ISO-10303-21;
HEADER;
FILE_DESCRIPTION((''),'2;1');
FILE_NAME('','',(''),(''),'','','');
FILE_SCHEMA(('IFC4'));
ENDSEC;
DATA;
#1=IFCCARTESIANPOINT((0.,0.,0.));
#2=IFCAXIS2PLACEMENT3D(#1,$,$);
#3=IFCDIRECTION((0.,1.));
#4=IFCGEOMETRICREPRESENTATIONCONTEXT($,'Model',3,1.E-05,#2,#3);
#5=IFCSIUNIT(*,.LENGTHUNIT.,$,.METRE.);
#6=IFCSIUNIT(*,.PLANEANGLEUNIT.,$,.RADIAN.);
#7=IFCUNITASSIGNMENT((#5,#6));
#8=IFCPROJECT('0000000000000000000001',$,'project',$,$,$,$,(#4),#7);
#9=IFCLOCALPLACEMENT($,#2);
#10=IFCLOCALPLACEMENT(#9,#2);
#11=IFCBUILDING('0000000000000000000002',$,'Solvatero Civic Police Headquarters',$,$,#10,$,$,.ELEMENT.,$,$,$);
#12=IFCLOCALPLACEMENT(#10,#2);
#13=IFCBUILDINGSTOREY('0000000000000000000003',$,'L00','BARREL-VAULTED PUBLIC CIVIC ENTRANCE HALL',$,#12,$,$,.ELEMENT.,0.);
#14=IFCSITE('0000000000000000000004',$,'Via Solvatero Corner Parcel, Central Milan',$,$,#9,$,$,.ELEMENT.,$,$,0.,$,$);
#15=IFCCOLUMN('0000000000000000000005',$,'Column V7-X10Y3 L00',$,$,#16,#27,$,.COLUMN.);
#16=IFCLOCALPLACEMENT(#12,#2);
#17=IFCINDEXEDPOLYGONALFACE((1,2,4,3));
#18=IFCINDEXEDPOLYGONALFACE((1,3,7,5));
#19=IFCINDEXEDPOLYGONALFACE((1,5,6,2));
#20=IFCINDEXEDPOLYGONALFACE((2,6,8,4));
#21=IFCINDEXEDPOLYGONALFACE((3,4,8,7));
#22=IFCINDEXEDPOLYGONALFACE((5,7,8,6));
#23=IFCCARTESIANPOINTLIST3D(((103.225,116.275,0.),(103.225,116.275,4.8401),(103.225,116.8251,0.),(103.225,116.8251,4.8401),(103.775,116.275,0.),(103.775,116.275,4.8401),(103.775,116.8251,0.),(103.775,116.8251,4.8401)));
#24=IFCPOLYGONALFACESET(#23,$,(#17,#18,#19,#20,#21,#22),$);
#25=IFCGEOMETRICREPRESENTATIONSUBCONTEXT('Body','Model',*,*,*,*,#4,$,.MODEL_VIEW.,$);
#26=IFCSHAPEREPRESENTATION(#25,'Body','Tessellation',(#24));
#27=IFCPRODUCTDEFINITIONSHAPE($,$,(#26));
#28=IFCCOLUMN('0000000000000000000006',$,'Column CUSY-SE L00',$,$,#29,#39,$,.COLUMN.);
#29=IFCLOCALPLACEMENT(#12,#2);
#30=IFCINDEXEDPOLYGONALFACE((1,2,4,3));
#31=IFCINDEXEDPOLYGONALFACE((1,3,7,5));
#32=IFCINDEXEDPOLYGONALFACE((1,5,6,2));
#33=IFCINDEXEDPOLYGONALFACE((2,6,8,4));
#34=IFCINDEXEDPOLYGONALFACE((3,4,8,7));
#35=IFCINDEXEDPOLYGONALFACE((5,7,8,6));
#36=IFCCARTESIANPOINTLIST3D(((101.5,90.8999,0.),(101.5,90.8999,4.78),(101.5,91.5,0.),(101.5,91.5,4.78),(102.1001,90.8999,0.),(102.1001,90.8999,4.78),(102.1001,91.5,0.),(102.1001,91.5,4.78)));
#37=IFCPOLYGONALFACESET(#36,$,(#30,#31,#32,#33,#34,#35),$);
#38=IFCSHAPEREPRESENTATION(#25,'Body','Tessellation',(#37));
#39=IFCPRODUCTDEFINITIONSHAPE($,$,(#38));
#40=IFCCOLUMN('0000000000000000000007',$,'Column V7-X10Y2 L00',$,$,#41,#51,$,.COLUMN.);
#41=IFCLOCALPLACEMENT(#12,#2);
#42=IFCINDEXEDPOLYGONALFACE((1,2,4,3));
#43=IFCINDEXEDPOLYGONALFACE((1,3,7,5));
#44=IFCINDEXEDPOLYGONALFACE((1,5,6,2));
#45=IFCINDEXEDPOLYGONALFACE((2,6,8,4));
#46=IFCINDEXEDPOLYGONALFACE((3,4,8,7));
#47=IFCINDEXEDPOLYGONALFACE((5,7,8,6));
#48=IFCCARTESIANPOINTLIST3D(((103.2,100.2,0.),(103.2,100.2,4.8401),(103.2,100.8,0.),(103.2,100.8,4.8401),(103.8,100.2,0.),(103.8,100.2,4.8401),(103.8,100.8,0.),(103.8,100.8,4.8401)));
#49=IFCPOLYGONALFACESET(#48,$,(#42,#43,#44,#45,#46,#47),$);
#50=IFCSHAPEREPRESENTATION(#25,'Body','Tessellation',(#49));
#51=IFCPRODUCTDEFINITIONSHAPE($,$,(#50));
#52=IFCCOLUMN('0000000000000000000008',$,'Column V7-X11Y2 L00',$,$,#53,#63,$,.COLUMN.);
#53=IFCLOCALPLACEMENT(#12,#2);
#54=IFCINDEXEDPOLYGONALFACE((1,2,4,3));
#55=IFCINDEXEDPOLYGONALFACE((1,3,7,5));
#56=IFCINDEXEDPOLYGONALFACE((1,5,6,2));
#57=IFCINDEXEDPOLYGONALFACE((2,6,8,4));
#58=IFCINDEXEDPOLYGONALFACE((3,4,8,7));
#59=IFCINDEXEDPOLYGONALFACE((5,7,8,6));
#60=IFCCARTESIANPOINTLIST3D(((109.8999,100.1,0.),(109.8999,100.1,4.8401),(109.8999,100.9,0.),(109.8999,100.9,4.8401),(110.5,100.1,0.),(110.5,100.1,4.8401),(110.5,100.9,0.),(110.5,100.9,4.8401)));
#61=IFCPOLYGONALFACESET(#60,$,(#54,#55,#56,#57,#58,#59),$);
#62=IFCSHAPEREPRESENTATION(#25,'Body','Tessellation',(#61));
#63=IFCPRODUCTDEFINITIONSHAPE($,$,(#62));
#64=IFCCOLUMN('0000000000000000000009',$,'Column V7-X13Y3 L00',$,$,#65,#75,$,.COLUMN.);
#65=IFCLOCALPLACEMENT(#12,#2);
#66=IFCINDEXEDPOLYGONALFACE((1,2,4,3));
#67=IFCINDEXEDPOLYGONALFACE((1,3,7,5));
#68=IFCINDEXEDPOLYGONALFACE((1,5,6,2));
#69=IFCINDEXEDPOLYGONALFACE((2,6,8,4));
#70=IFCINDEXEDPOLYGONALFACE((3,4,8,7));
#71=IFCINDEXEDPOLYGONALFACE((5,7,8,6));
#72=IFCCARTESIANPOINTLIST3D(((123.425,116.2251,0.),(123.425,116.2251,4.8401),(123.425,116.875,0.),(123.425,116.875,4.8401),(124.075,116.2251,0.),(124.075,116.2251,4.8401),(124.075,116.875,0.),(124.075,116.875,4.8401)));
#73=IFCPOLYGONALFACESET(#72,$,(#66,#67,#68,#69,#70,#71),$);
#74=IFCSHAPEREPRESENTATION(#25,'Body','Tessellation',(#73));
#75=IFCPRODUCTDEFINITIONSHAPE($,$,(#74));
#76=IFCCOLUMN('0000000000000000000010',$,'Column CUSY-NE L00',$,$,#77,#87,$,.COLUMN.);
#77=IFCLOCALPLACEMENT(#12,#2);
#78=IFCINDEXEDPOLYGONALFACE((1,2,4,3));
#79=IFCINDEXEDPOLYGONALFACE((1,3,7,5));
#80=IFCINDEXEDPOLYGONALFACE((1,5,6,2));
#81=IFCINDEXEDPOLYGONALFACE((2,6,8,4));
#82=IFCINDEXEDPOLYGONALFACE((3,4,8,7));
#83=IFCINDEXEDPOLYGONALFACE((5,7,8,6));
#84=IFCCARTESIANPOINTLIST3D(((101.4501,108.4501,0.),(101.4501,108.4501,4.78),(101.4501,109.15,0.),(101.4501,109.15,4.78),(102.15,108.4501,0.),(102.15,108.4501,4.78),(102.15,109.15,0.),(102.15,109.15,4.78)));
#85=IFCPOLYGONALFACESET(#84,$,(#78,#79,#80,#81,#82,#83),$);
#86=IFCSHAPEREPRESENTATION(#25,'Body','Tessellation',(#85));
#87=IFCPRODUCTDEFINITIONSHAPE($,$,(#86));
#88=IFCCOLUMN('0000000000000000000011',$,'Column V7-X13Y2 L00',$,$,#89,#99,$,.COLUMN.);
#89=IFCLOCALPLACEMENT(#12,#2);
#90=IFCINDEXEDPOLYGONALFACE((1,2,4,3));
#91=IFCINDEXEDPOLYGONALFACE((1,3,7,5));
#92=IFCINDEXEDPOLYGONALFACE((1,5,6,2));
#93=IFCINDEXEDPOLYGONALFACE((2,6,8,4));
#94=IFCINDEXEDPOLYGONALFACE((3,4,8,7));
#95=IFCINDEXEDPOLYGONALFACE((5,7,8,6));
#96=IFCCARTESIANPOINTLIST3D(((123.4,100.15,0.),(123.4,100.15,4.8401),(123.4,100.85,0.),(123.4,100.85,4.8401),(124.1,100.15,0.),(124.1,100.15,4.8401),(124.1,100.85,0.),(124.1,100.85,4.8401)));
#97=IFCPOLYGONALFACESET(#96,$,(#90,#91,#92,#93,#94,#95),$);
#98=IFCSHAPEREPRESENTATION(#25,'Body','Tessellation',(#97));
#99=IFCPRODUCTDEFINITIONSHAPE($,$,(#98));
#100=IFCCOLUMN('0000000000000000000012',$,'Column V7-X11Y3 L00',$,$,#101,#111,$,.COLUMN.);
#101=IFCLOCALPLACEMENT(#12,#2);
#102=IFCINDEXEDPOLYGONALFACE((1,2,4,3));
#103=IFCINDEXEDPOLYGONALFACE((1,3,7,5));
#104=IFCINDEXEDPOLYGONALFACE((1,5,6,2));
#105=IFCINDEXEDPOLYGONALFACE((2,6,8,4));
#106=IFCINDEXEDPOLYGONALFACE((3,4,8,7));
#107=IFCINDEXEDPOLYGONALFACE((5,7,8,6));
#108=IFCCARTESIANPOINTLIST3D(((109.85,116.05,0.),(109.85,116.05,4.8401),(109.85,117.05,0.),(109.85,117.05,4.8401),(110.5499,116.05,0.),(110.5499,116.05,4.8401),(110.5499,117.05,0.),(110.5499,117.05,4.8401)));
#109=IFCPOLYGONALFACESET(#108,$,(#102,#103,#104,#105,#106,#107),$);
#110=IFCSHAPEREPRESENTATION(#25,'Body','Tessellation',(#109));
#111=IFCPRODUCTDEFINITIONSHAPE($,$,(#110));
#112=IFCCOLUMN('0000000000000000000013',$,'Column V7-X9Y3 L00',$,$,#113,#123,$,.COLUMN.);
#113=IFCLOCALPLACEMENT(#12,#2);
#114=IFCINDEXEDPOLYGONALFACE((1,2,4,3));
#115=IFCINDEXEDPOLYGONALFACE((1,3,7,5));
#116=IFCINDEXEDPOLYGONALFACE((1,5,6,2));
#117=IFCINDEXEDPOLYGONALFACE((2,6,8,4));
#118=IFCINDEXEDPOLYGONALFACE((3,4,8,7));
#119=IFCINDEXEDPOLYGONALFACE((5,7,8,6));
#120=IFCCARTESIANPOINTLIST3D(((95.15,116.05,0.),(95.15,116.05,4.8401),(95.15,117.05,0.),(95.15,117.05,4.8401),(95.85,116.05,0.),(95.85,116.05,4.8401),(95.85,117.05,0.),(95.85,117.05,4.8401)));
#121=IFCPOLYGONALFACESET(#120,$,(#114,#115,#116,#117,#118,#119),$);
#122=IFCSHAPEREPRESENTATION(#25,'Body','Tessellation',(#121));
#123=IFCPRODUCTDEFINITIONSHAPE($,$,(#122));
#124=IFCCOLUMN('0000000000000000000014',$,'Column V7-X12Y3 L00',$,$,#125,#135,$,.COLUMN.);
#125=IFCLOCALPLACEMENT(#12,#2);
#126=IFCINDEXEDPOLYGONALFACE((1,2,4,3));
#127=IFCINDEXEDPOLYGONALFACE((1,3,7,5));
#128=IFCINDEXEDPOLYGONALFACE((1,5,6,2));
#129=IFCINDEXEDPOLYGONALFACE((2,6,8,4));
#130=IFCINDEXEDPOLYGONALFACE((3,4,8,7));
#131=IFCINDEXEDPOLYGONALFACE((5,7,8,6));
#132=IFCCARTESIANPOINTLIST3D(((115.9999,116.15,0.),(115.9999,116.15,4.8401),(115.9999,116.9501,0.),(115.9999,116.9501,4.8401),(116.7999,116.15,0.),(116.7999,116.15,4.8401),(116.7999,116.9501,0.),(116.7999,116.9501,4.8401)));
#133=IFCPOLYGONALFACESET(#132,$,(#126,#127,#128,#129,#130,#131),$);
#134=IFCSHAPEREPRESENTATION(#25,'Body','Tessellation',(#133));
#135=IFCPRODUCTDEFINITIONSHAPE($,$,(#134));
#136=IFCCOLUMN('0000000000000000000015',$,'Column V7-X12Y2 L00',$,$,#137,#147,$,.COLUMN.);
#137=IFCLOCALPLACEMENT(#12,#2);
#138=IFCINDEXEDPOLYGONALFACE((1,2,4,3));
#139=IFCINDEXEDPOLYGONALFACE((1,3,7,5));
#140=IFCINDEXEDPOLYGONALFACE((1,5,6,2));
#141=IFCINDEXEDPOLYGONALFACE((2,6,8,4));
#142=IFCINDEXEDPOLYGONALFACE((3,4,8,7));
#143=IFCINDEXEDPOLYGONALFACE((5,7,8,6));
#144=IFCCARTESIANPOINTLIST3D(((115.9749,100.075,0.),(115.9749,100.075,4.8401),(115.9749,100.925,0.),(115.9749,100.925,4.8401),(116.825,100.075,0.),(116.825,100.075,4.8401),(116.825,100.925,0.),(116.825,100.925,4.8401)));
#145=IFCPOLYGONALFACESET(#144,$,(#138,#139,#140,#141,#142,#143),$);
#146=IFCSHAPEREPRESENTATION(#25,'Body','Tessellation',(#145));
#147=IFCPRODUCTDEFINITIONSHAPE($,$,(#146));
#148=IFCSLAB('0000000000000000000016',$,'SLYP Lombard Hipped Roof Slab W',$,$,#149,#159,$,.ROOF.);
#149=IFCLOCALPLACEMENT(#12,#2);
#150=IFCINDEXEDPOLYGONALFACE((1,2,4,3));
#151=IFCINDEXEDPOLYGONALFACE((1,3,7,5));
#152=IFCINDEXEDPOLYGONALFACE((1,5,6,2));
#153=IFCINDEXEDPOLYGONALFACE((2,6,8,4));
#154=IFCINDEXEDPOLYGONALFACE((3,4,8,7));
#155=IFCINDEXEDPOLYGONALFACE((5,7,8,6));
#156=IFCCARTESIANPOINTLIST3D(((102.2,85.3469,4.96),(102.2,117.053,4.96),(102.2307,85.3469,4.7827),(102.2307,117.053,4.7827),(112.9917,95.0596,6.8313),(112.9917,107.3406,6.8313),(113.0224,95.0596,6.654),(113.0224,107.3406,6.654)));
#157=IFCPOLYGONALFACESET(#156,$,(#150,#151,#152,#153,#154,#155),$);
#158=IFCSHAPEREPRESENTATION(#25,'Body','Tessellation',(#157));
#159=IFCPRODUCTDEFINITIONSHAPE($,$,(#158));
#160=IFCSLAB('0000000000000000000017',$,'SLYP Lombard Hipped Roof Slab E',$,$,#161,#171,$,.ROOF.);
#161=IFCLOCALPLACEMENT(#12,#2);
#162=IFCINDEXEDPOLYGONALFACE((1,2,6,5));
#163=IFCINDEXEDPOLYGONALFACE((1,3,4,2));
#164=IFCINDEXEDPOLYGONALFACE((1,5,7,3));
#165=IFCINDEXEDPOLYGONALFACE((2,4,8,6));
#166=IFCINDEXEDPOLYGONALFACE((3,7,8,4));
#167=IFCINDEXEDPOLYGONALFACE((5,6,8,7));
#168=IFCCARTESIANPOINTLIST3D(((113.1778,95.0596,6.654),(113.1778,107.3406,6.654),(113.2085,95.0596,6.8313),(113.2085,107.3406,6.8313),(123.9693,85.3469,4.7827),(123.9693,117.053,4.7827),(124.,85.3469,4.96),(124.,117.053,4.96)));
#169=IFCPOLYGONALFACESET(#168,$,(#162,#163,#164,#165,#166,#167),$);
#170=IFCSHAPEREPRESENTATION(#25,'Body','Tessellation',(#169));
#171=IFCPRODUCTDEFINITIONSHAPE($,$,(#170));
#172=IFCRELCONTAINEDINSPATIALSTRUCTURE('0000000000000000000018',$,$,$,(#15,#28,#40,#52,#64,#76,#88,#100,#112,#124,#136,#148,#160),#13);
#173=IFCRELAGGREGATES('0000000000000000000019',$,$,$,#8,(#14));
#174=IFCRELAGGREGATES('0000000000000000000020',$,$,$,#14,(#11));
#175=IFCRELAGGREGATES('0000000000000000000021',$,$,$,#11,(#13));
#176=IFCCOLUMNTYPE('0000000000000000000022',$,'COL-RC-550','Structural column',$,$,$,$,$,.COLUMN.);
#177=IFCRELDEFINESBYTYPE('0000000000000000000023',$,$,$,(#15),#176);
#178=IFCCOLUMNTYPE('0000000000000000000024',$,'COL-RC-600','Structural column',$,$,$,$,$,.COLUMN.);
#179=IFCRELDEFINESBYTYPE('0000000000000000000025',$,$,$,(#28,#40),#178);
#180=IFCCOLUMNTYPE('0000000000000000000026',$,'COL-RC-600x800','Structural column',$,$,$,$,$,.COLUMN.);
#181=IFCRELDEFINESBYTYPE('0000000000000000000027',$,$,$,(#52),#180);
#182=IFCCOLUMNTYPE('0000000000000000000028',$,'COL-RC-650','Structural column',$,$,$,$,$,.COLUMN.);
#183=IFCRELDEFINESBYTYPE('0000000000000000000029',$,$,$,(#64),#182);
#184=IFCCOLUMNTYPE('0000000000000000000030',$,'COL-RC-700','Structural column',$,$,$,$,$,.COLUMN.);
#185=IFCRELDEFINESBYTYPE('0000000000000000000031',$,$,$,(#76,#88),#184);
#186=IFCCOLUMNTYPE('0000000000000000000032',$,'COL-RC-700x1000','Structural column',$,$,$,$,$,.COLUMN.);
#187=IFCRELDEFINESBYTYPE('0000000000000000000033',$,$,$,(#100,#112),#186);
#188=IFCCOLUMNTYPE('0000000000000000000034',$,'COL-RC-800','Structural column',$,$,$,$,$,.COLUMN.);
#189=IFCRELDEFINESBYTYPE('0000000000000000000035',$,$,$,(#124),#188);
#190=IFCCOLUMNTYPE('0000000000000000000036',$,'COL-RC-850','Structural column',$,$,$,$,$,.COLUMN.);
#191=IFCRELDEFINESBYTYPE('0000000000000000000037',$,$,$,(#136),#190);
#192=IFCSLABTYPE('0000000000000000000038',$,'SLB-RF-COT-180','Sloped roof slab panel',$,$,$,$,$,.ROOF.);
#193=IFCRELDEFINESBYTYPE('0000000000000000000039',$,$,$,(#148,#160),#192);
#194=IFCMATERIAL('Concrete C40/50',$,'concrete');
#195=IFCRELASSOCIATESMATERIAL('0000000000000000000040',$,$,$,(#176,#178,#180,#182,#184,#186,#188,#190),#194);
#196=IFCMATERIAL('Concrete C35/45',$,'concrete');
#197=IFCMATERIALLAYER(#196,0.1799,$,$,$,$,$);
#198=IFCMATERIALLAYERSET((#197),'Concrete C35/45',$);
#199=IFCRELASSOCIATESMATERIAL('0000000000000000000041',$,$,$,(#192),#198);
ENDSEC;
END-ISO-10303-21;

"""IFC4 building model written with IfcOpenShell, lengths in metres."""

from ifc_helpers import new_model, si_unit, direction, frame, origin, origin_2d, place, context, subcontext, project, spatial, polyline, rectangle, outline, extrude, material, layer, layer_set, material_profile, profile_set, type_object, element, save


model = new_model("IFC4")

# Units and contexts
model_context = context("Model", 3, precision=1e-05, world=origin(), true_north=direction((0.0, 1.0)))
body_context = subcontext(model_context, "Body", "Model", "MODEL_VIEW")
ifc_project = project(units=[si_unit("LENGTHUNIT", "METRE"), si_unit("PLANEANGLEUNIT", "RADIAN")], contexts=[model_context])

# Site, building, storey
site_placement = place(None, origin())
site = spatial("IfcSite", under=ifc_project, at=site_placement, Name="Via Solvatero Corner Parcel, Central Milan", CompositionType="ELEMENT", RefElevation=0.0)
building_placement = place(site_placement, origin())
building = spatial("IfcBuilding", under=site, at=building_placement, Name="Solvatero Civic Police Headquarters", CompositionType="ELEMENT")
storey_placement = place(building_placement, origin())
storey = spatial("IfcBuildingStorey", under=building, at=storey_placement, Name="L00", Description="BARREL-VAULTED PUBLIC CIVIC ENTRANCE HALL", CompositionType="ELEMENT", Elevation=0.0)

# Columns
ifc_material_1 = material(Name="Concrete C40/50", Category="concrete")
ifc_material_profile_1 = material_profile(ifc_material_1, rectangle(XDim=0.55, YDim=0.55, at=origin_2d()), Name="RC 550x550")
ifc_profile_set_1 = profile_set([ifc_material_profile_1], Name="Concrete C40/50")
column_type_1 = type_object("IfcColumnType", Name="COL-RC-550", Description="Structural column", PredefinedType="COLUMN", material=ifc_profile_set_1)
column_1_placement = place(storey_placement, frame((103.5, 116.55, 0.0), z_axis=(0.0, 0.0, 1.0), x_axis=(1.0, 0.0, 0.0)))
element("IfcColumn", 1, at=column_1_placement, inside=storey, type_object=column_type_1, Name="Column V7-X10Y3 L00", PredefinedType="COLUMN", context=body_context, shape_type="SweptSolid", body=[
    extrude(rectangle(XDim=0.55, YDim=0.55, at=origin_2d()), origin(), (0.0, 0.0, 1.0), 4.8401),
])
ifc_material_profile_2 = material_profile(ifc_material_1, rectangle(XDim=0.6001, YDim=0.6001, at=origin_2d()), Name="RC 600x600")
ifc_profile_set_2 = profile_set([ifc_material_profile_2], Name="Concrete C40/50")
column_type_2 = type_object("IfcColumnType", Name="COL-RC-600", Description="Structural column", PredefinedType="COLUMN", material=ifc_profile_set_2)
column_2_placement = place(storey_placement, frame((101.8, 91.2, 0.0), z_axis=(0.0, 0.0, 1.0), x_axis=(1.0, 0.0, 0.0)))
element("IfcColumn", 2, at=column_2_placement, inside=storey, type_object=column_type_2, Name="Column CUSY-SE L00", PredefinedType="COLUMN", context=body_context, shape_type="SweptSolid", body=[
    extrude(rectangle(XDim=0.6001, YDim=0.6001, at=origin_2d()), origin(), (0.0, 0.0, 1.0), 4.78),
])
column_3_placement = place(storey_placement, frame((103.5, 100.5, 0.0), z_axis=(0.0, 0.0, 1.0), x_axis=(1.0, 0.0, 0.0)))
element("IfcColumn", 3, at=column_3_placement, inside=storey, type_object=column_type_2, Name="Column V7-X10Y2 L00", PredefinedType="COLUMN", context=body_context, shape_type="SweptSolid", body=[
    extrude(rectangle(XDim=0.6001, YDim=0.6001, at=origin_2d()), origin(), (0.0, 0.0, 1.0), 4.8401),
])
ifc_material_profile_3 = material_profile(ifc_material_1, rectangle(XDim=0.6001, YDim=0.8, at=origin_2d()), Name="RC 600x800")
ifc_profile_set_3 = profile_set([ifc_material_profile_3], Name="Concrete C40/50")
column_type_3 = type_object("IfcColumnType", Name="COL-RC-600x800", Description="Structural column", PredefinedType="COLUMN", material=ifc_profile_set_3)
column_4_placement = place(storey_placement, frame((110.2, 100.5, 0.0), z_axis=(0.0, 0.0, 1.0), x_axis=(1.0, 0.0, 0.0)))
element("IfcColumn", 4, at=column_4_placement, inside=storey, type_object=column_type_3, Name="Column V7-X11Y2 L00", PredefinedType="COLUMN", context=body_context, shape_type="SweptSolid", body=[
    extrude(rectangle(XDim=0.6001, YDim=0.8, at=origin_2d()), origin(), (0.0, 0.0, 1.0), 4.8401),
])
ifc_material_profile_4 = material_profile(ifc_material_1, rectangle(XDim=0.6499, YDim=0.6499, at=origin_2d()), Name="RC 650x650")
ifc_profile_set_4 = profile_set([ifc_material_profile_4], Name="Concrete C40/50")
column_type_4 = type_object("IfcColumnType", Name="COL-RC-650", Description="Structural column", PredefinedType="COLUMN", material=ifc_profile_set_4)
column_5_placement = place(storey_placement, frame((123.75, 116.55, 0.0), z_axis=(0.0, 0.0, 1.0), x_axis=(1.0, 0.0, 0.0)))
element("IfcColumn", 5, at=column_5_placement, inside=storey, type_object=column_type_4, Name="Column V7-X13Y3 L00", PredefinedType="COLUMN", context=body_context, shape_type="SweptSolid", body=[
    extrude(rectangle(XDim=0.6499, YDim=0.6499, at=origin_2d()), origin(), (0.0, 0.0, 1.0), 4.8401),
])
ifc_material_profile_5 = material_profile(ifc_material_1, rectangle(XDim=0.7, YDim=0.7, at=origin_2d()), Name="RC 700x700")
ifc_profile_set_5 = profile_set([ifc_material_profile_5], Name="Concrete C40/50")
column_type_5 = type_object("IfcColumnType", Name="COL-RC-700", Description="Structural column", PredefinedType="COLUMN", material=ifc_profile_set_5)
column_6_placement = place(storey_placement, frame((101.8, 108.8, 0.0), z_axis=(0.0, 0.0, 1.0), x_axis=(1.0, 0.0, 0.0)))
element("IfcColumn", 6, at=column_6_placement, inside=storey, type_object=column_type_5, Name="Column CUSY-NE L00", PredefinedType="COLUMN", context=body_context, shape_type="SweptSolid", body=[
    extrude(rectangle(XDim=0.7, YDim=0.7, at=origin_2d()), origin(), (0.0, 0.0, 1.0), 4.78),
])
column_7_placement = place(storey_placement, frame((123.75, 100.5, 0.0), z_axis=(0.0, 0.0, 1.0), x_axis=(1.0, 0.0, 0.0)))
element("IfcColumn", 7, at=column_7_placement, inside=storey, type_object=column_type_5, Name="Column V7-X13Y2 L00", PredefinedType="COLUMN", context=body_context, shape_type="SweptSolid", body=[
    extrude(rectangle(XDim=0.7, YDim=0.7, at=origin_2d()), origin(), (0.0, 0.0, 1.0), 4.8401),
])
ifc_material_profile_6 = material_profile(ifc_material_1, rectangle(XDim=0.7, YDim=1.0, at=origin_2d()), Name="RC 700x1000")
ifc_profile_set_6 = profile_set([ifc_material_profile_6], Name="Concrete C40/50")
column_type_6 = type_object("IfcColumnType", Name="COL-RC-700x1000", Description="Structural column", PredefinedType="COLUMN", material=ifc_profile_set_6)
for number, where, z_axis, x_axis, name in (
    (8, (110.2, 116.55, 0.0), (0.0, 0.0, 1.0), (1.0, 0.0, 0.0), "Column V7-X11Y3 L00"),
    (9, (95.5, 116.55, 0.0), (0.0, 0.0, 1.0), (1.0, 0.0, 0.0), "Column V7-X9Y3 L00"),
):
    element("IfcColumn", number, at=place(storey_placement, frame(where, z_axis=z_axis, x_axis=x_axis)), inside=storey, type_object=column_type_6, Name=name, PredefinedType="COLUMN", context=body_context, shape_type="SweptSolid", body=[
        extrude(rectangle(XDim=0.7, YDim=1.0, at=origin_2d()), origin(), (0.0, 0.0, 1.0), 4.8401),
    ])
ifc_material_profile_7 = material_profile(ifc_material_1, rectangle(XDim=0.8, YDim=0.8, at=origin_2d()), Name="RC 800x800")
ifc_profile_set_7 = profile_set([ifc_material_profile_7], Name="Concrete C40/50")
column_type_7 = type_object("IfcColumnType", Name="COL-RC-800", Description="Structural column", PredefinedType="COLUMN", material=ifc_profile_set_7)
column_8_placement = place(storey_placement, frame((116.3999, 116.55, 0.0), z_axis=(0.0, 0.0, 1.0), x_axis=(1.0, 0.0, 0.0)))
element("IfcColumn", 10, at=column_8_placement, inside=storey, type_object=column_type_7, Name="Column V7-X12Y3 L00", PredefinedType="COLUMN", context=body_context, shape_type="SweptSolid", body=[
    extrude(rectangle(XDim=0.8, YDim=0.8, at=origin_2d()), origin(), (0.0, 0.0, 1.0), 4.8401),
])
ifc_material_profile_8 = material_profile(ifc_material_1, rectangle(XDim=0.8501, YDim=0.8501, at=origin_2d()), Name="RC 850x850")
ifc_profile_set_8 = profile_set([ifc_material_profile_8], Name="Concrete C40/50")
column_type_8 = type_object("IfcColumnType", Name="COL-RC-850", Description="Structural column", PredefinedType="COLUMN", material=ifc_profile_set_8)
column_9_placement = place(storey_placement, frame((116.3999, 100.5, 0.0), z_axis=(0.0, 0.0, 1.0), x_axis=(1.0, 0.0, 0.0)))
element("IfcColumn", 11, at=column_9_placement, inside=storey, type_object=column_type_8, Name="Column V7-X12Y2 L00", PredefinedType="COLUMN", context=body_context, shape_type="SweptSolid", body=[
    extrude(rectangle(XDim=0.8501, YDim=0.8501, at=origin_2d()), origin(), (0.0, 0.0, 1.0), 4.8401),
])

# Slabs
ifc_material_2 = material(Name="Concrete C35/45", Category="concrete")
ifc_layer_1 = layer(ifc_material_2, 0.1799)
ifc_layer_set_1 = layer_set([ifc_layer_1], Name="Concrete C35/45")
slab_type = type_object("IfcSlabType", Name="SLB-RF-COT-180", Description="Sloped roof slab panel", PredefinedType="ROOF", material=ifc_layer_set_1)
slab_1_placement = place(storey_placement, frame((112.9917, 95.0596, 6.8313), z_axis=(-0.170855, 0.0, 0.985296), x_axis=(-0.737193, -0.663479, -0.127833)))
element("IfcSlab", 12, at=slab_1_placement, inside=storey, type_object=slab_type, Name="SLYP Lombard Hipped Roof Slab W", PredefinedType="ROOF", context=body_context, shape_type="SweptSolid", body=[
    extrude(outline(polyline([(0.0, 0.0), (14.639, 0.0), (-6.3973, -23.7223), (-8.1482, -9.1886), (0.0, 0.0)])), origin(), (0.0, 0.0, -1.0), 0.1799),
])
slab_2_placement = place(storey_placement, frame((113.2085, 107.3406, 6.8313), z_axis=(0.170859, 0.0, 0.985296), x_axis=(0.737194, 0.663478, -0.127836)))
element("IfcSlab", 13, at=slab_2_placement, inside=storey, type_object=slab_type, Name="SLYP Lombard Hipped Roof Slab E", PredefinedType="ROOF", context=body_context, shape_type="SweptSolid", body=[
    extrude(outline(polyline([(0.0, 0.0), (14.6386, 0.0), (-6.3976, -23.7223), (-8.1482, -9.1886), (0.0, 0.0)])), origin(), (0.0, 0.0, -1.0), 0.1799),
])

save(model, "model.ifc")
